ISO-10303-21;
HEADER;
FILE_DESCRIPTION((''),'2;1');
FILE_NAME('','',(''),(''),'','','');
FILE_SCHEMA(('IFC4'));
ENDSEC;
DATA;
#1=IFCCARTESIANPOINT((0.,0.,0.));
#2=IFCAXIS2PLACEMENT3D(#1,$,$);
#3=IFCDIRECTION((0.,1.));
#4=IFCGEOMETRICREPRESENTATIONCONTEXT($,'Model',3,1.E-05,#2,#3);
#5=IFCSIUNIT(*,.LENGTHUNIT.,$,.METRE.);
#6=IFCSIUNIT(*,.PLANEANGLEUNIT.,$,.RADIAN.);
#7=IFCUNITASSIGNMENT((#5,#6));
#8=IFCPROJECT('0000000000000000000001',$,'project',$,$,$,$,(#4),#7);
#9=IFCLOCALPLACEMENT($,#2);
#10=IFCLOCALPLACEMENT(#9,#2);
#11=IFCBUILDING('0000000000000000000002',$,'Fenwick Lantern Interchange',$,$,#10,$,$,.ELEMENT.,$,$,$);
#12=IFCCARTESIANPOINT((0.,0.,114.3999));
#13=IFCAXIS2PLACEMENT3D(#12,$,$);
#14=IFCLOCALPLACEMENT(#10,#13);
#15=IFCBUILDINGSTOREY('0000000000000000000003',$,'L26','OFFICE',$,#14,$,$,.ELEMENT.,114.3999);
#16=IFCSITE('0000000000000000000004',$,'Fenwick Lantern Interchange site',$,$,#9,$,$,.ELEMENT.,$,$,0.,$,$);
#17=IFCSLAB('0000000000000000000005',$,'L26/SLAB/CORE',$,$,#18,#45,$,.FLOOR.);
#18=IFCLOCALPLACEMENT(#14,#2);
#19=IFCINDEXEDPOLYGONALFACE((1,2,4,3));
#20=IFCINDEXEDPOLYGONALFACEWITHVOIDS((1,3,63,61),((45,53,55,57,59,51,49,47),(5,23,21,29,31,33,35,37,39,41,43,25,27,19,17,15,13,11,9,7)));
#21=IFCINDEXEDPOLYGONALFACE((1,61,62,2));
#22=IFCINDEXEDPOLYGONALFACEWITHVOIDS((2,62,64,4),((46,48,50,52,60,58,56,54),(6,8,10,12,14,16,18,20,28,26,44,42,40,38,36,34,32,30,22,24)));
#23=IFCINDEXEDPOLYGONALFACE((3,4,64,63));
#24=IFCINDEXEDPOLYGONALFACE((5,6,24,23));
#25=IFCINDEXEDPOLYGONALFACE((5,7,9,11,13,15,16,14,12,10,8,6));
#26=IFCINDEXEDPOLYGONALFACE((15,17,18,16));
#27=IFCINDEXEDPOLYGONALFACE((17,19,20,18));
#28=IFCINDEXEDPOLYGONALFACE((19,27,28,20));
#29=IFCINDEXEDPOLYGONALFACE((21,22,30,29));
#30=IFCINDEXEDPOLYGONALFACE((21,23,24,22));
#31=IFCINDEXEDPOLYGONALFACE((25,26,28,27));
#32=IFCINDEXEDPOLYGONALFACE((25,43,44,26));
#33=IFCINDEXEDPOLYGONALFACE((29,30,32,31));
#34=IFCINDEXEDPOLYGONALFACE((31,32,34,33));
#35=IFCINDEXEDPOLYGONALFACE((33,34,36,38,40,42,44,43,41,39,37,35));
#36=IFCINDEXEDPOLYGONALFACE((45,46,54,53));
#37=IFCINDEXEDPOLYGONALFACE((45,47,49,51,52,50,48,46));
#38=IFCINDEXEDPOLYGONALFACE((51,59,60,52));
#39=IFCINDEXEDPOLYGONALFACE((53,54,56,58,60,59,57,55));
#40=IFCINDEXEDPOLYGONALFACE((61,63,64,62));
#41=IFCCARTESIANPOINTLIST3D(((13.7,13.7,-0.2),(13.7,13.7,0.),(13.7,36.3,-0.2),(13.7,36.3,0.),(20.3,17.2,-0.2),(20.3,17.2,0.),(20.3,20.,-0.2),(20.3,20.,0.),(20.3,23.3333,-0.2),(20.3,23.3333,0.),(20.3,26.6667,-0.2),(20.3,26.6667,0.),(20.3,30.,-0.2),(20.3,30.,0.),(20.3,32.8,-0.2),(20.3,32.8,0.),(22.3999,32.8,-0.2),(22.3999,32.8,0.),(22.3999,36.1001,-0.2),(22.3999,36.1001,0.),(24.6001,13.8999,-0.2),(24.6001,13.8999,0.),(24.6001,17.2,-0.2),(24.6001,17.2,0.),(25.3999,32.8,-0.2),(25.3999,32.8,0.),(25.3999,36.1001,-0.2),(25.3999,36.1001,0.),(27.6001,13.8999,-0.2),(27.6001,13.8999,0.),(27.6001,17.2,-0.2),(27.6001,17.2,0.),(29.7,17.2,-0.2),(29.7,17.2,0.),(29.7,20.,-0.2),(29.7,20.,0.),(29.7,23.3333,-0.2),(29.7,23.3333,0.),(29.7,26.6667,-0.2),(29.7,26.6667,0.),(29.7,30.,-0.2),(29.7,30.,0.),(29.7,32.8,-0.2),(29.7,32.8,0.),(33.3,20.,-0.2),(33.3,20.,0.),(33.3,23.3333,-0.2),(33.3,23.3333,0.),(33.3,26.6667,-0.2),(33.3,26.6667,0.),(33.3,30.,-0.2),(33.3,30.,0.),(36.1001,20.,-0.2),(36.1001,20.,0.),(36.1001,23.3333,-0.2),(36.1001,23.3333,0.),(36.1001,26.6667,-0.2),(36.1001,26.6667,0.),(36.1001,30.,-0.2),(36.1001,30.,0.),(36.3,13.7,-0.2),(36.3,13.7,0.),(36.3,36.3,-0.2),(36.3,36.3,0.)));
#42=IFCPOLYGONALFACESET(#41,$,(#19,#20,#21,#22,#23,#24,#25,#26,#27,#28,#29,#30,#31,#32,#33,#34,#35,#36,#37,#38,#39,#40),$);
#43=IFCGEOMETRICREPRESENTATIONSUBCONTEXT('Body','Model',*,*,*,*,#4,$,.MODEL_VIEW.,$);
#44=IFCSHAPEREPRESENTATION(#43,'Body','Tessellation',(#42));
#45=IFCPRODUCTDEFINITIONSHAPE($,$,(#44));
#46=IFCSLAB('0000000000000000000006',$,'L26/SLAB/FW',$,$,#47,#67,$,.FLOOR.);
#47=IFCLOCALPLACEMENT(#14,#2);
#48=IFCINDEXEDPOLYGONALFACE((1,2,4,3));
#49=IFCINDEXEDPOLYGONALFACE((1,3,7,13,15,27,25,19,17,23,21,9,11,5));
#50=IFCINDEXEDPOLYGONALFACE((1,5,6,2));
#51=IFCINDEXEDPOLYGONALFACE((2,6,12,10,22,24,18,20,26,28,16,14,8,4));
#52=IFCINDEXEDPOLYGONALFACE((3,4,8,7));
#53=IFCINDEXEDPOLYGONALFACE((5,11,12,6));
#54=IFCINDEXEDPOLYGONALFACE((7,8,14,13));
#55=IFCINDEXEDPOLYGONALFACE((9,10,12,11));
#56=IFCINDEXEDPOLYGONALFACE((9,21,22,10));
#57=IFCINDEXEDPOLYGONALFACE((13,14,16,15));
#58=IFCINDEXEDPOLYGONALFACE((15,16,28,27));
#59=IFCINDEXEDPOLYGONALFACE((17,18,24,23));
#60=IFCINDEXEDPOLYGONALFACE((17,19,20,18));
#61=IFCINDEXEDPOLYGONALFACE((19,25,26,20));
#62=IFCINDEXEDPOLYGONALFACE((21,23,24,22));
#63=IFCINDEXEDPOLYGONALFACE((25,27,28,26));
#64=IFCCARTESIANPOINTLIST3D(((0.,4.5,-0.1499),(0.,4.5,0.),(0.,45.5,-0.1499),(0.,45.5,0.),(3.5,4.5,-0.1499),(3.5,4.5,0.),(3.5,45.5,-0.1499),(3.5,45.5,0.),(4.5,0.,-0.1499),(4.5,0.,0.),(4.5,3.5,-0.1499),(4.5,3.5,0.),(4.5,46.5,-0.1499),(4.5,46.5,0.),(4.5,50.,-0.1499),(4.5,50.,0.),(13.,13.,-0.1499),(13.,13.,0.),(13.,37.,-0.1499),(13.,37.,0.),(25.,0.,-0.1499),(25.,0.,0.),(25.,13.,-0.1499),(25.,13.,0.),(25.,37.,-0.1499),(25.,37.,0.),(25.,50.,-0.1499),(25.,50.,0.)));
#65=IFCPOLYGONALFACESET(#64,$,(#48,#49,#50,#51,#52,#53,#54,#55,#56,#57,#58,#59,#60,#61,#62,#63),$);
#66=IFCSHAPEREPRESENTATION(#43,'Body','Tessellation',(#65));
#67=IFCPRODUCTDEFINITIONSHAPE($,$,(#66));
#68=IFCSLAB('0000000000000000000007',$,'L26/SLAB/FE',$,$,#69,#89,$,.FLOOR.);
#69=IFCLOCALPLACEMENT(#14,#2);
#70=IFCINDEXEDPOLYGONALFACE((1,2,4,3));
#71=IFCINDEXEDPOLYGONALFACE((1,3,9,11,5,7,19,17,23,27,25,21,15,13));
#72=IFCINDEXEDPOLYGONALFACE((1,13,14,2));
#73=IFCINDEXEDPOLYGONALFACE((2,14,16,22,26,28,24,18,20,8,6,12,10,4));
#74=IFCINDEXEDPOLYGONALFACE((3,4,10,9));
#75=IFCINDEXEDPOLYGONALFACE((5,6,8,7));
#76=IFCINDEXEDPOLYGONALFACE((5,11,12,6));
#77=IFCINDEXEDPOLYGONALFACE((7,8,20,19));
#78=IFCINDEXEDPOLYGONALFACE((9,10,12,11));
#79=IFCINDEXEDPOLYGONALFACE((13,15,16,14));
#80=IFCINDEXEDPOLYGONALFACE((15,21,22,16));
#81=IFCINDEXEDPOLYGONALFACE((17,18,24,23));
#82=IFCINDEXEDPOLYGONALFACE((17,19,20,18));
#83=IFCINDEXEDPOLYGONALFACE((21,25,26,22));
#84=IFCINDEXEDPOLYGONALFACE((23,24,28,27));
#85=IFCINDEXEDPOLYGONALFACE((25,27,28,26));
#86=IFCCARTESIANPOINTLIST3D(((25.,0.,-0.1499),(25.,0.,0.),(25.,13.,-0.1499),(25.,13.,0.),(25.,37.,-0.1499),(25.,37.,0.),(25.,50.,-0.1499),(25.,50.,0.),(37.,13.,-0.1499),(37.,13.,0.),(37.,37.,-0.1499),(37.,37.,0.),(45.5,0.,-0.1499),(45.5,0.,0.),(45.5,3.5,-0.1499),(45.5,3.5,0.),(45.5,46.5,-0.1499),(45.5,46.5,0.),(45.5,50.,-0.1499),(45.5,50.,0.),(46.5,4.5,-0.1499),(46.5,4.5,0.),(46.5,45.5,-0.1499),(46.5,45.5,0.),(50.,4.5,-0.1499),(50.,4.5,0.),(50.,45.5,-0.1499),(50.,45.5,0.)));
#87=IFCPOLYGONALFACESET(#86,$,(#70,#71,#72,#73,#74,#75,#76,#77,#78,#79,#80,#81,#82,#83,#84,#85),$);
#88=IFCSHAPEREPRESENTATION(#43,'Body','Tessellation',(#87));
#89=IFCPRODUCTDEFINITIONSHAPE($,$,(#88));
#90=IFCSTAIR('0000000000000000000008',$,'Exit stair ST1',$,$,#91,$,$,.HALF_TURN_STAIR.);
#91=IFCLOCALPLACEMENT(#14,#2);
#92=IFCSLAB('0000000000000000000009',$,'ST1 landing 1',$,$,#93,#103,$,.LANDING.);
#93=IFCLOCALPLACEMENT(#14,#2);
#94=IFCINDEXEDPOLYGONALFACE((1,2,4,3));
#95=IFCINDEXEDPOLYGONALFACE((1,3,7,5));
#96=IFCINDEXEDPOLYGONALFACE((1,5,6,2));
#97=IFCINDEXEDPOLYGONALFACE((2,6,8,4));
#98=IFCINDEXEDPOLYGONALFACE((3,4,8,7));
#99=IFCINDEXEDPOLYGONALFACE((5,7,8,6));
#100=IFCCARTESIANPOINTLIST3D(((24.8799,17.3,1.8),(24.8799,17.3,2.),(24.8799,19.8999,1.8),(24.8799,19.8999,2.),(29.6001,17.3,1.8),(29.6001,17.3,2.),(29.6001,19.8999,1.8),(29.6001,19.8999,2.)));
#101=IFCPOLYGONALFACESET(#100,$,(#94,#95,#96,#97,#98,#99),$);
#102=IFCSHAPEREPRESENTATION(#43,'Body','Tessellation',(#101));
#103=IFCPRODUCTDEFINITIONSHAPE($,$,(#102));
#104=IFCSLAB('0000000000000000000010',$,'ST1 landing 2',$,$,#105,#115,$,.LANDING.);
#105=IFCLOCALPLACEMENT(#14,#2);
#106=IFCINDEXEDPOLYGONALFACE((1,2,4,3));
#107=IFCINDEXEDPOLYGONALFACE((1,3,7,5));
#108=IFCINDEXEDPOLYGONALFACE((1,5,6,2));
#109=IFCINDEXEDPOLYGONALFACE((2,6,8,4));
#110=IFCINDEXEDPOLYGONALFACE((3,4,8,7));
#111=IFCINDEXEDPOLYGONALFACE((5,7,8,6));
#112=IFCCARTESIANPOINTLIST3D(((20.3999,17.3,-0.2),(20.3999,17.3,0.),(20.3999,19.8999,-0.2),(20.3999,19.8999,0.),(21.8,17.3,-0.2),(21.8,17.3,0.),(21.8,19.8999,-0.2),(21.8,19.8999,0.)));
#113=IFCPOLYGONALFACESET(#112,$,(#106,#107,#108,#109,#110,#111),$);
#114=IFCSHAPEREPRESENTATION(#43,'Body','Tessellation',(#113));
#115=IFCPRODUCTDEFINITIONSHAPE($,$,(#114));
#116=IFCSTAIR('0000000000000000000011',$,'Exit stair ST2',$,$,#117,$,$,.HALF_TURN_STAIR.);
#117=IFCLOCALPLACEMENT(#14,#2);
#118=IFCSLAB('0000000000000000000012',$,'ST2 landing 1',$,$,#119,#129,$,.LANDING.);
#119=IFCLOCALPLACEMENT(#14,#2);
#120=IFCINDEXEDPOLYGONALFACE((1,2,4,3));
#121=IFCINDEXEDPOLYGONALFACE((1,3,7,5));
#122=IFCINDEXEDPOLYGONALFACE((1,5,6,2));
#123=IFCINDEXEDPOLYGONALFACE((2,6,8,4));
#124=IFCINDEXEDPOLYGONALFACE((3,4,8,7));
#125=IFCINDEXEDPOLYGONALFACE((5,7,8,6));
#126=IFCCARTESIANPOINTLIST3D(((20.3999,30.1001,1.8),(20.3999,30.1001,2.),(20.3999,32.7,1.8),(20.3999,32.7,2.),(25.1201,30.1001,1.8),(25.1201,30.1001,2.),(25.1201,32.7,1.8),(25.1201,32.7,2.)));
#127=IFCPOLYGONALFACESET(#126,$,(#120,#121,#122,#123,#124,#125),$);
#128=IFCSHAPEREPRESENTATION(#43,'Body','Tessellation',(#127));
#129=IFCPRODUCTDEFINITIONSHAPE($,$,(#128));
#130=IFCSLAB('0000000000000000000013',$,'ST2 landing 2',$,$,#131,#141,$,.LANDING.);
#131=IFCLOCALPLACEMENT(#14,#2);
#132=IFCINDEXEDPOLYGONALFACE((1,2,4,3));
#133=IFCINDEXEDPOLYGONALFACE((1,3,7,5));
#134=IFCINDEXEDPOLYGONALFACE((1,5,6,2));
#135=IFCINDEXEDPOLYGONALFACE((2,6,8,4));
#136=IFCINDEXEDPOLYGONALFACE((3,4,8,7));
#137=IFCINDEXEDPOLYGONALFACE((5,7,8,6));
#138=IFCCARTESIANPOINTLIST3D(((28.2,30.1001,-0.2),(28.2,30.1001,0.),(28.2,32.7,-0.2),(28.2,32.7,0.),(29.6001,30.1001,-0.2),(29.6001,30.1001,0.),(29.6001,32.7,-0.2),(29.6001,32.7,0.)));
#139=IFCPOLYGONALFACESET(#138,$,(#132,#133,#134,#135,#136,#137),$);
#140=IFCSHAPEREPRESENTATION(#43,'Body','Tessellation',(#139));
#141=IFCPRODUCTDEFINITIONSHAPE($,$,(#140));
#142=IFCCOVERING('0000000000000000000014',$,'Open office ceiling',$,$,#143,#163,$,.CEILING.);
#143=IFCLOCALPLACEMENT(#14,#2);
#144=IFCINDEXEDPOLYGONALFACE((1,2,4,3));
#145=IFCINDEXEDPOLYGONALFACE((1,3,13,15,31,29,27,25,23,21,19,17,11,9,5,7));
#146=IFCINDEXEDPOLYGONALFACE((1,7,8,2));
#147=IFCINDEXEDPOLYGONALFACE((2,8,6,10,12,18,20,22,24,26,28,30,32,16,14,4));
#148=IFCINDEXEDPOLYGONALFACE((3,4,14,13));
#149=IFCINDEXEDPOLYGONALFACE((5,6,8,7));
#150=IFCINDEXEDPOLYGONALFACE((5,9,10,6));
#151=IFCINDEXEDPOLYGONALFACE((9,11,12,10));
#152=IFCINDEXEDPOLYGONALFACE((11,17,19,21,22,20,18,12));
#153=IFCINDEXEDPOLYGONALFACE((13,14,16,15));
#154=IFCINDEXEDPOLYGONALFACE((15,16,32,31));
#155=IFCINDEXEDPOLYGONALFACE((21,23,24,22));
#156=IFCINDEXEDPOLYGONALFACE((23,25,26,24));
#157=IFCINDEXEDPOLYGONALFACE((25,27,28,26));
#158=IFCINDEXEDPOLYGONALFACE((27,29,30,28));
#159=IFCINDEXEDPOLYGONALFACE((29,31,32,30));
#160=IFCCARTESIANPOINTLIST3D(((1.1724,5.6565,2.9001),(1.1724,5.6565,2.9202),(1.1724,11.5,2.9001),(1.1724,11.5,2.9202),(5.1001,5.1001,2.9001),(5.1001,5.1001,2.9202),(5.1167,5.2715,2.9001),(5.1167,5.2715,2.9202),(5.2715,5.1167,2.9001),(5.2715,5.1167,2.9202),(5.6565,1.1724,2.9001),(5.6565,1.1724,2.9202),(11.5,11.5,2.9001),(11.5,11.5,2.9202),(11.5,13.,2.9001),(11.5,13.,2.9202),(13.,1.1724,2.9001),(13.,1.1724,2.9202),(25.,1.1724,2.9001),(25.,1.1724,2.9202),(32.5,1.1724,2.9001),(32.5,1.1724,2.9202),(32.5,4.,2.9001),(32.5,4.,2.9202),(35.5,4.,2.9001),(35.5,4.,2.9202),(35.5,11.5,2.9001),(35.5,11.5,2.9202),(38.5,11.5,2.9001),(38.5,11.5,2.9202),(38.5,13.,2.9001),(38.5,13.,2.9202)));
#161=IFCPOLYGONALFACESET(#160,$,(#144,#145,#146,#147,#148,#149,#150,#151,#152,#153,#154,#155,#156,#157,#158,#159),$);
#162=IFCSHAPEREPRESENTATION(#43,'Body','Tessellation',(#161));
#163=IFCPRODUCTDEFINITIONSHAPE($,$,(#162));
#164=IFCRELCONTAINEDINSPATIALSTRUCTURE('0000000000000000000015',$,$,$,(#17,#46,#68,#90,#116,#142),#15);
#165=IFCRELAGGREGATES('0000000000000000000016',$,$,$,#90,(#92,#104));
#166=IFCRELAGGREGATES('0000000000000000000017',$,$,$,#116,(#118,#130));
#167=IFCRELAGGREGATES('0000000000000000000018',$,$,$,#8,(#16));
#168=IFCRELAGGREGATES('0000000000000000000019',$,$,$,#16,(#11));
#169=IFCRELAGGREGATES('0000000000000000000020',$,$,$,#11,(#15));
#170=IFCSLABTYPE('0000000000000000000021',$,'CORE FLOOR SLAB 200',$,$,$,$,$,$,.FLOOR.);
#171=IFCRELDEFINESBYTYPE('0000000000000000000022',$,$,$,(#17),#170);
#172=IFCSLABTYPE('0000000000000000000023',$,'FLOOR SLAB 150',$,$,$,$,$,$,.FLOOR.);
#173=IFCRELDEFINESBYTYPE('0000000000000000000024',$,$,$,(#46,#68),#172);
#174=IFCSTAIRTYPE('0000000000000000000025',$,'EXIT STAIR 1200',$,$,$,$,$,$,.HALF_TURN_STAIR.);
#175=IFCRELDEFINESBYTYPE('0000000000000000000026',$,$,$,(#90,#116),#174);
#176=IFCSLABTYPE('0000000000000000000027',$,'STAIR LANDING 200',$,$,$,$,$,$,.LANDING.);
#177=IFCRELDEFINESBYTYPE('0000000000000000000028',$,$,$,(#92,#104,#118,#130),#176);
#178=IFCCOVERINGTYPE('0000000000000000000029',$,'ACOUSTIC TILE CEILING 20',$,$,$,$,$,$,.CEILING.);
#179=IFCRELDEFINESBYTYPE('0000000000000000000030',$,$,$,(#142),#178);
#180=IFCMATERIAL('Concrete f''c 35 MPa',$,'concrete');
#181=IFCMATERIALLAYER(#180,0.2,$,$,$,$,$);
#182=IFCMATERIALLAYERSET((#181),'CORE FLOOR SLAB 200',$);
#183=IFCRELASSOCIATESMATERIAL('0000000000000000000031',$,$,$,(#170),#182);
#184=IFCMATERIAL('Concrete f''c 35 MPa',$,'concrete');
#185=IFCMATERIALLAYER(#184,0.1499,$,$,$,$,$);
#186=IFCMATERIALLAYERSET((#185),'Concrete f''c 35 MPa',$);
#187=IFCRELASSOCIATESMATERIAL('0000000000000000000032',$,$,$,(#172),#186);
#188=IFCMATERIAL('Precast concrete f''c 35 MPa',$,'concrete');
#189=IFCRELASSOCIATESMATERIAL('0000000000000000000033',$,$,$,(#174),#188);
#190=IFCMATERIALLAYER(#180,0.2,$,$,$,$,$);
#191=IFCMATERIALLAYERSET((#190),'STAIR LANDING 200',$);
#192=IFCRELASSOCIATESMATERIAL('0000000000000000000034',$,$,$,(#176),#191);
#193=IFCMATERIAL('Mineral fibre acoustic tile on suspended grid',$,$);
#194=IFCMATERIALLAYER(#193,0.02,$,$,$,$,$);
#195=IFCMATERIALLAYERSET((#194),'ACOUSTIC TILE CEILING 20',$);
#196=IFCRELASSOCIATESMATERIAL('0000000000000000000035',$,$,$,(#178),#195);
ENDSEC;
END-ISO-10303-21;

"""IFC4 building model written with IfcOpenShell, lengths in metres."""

from ifc_helpers import new_model, si_unit, direction, frame, origin, place, context, subcontext, project, spatial, polyline, outline, extrude, material, layer, layer_set, type_object, element, aggregate, save


model = new_model("IFC4")

# Units and contexts
model_context = context("Model", 3, precision=1e-05, world=origin(), true_north=direction((0.0, 1.0)))
body_context = subcontext(model_context, "Body", "Model", "MODEL_VIEW")
ifc_project = project(units=[si_unit("LENGTHUNIT", "METRE"), si_unit("PLANEANGLEUNIT", "RADIAN")], contexts=[model_context])

# Site, building, storey
site_placement = place(None, origin())
site = spatial("IfcSite", under=ifc_project, at=site_placement, Name="Fenwick Lantern Interchange site", CompositionType="ELEMENT", RefElevation=0.0)
building_placement = place(site_placement, origin())
building = spatial("IfcBuilding", under=site, at=building_placement, Name="Fenwick Lantern Interchange", CompositionType="ELEMENT")
storey_placement = place(building_placement, frame((0.0, 0.0, 114.3999)))
storey = spatial("IfcBuildingStorey", under=building, at=storey_placement, Name="L26", Description="OFFICE", CompositionType="ELEMENT", Elevation=114.3999)

# Slabs
ifc_material_1 = material(Name="Concrete f'c 35 MPa", Category="concrete")
ifc_layer_1 = layer(ifc_material_1, 0.2)
ifc_layer_set_1 = layer_set([ifc_layer_1], Name="CORE FLOOR SLAB 200")
slab_type_1 = type_object("IfcSlabType", Name="CORE FLOOR SLAB 200", PredefinedType="FLOOR", material=ifc_layer_set_1)
slab_1_placement = place(storey_placement, frame((0.0, 0.0, -0.2)))
element("IfcSlab", 1, at=slab_1_placement, inside=storey, type_object=slab_type_1, Name="L26/SLAB/CORE", PredefinedType="FLOOR", context=body_context, shape_type="SweptSolid", body=[
    extrude(outline(polyline([(13.7, 36.3), (36.3, 36.3), (36.3, 13.7), (13.7, 13.7), (13.7, 36.3)]), holes=[polyline([(29.7, 17.2), (29.7, 20.0), (29.7, 23.3333), (29.7, 26.6667), (29.7, 30.0), (29.7, 32.8), (25.3999, 32.8), (25.3999, 36.1001), (22.3999, 36.1001), (22.3999, 32.8), (20.3, 32.8), (20.3, 30.0), (20.3, 26.6667), (20.3, 23.3333), (20.3, 20.0), (20.3, 17.2), (24.6001, 17.2), (24.6001, 13.8999), (27.6001, 13.8999), (27.6001, 17.2), (29.7, 17.2)]), polyline([(33.3, 23.3333), (33.3, 20.0), (36.1001, 20.0), (36.1001, 23.3333), (36.1001, 26.6667), (36.1001, 30.0), (33.3, 30.0), (33.3, 26.6667), (33.3, 23.3333)])]), origin(), (0.0, 0.0, 1.0), 0.2),
])
ifc_material_2 = material(Name="Concrete f'c 35 MPa", Category="concrete")
ifc_layer_2 = layer(ifc_material_2, 0.1499)
ifc_layer_set_2 = layer_set([ifc_layer_2], Name="Concrete f'c 35 MPa")
slab_type_2 = type_object("IfcSlabType", Name="FLOOR SLAB 150", PredefinedType="FLOOR", material=ifc_layer_set_2)
slab_2_placement = place(storey_placement, frame((0.0, 0.0, -0.1499)))
element("IfcSlab", 2, at=slab_2_placement, inside=storey, type_object=slab_type_2, Name="L26/SLAB/FW", PredefinedType="FLOOR", context=body_context, shape_type="SweptSolid", body=[
    extrude(outline(polyline([(4.5, 0.0), (4.5, 3.5), (3.5, 4.5), (0.0, 4.5), (0.0, 45.5), (3.5, 45.5), (4.5, 46.5), (4.5, 50.0), (25.0, 50.0), (25.0, 37.0), (13.0, 37.0), (13.0, 13.0), (25.0, 13.0), (25.0, 0.0), (4.5, 0.0)])), origin(), (0.0, 0.0, 1.0), 0.1499),
])
slab_3_placement = place(storey_placement, frame((0.0, 0.0, -0.1499)))
element("IfcSlab", 3, at=slab_3_placement, inside=storey, type_object=slab_type_2, Name="L26/SLAB/FE", PredefinedType="FLOOR", context=body_context, shape_type="SweptSolid", body=[
    extrude(outline(polyline([(45.5, 50.0), (45.5, 46.5), (46.5, 45.5), (50.0, 45.5), (50.0, 4.5), (46.5, 4.5), (45.5, 3.5), (45.5, 0.0), (25.0, 0.0), (25.0, 13.0), (37.0, 13.0), (37.0, 37.0), (25.0, 37.0), (25.0, 50.0), (45.5, 50.0)])), origin(), (0.0, 0.0, 1.0), 0.1499),
])

# Stairs, slabs
ifc_material_3 = material(Name="Precast concrete f'c 35 MPa", Category="concrete")
stair_type = type_object("IfcStairType", Name="EXIT STAIR 1200", PredefinedType="HALF_TURN_STAIR", material=ifc_material_3)
stair_1_placement = place(storey_placement, origin())
stair_1 = element("IfcStair", 4, at=stair_1_placement, inside=storey, type_object=stair_type, Name="Exit stair ST1", PredefinedType="HALF_TURN_STAIR")
ifc_layer_3 = layer(ifc_material_1, 0.2)
ifc_layer_set_3 = layer_set([ifc_layer_3], Name="STAIR LANDING 200")
slab_type_3 = type_object("IfcSlabType", Name="STAIR LANDING 200", PredefinedType="LANDING", material=ifc_layer_set_3)
slab_4_placement = place(storey_placement, frame((0.0, 0.0, 1.8)))
slab_4 = element("IfcSlab", 5, at=slab_4_placement, type_object=slab_type_3, Name="ST1 landing 1", PredefinedType="LANDING", context=body_context, shape_type="SweptSolid", body=[
    extrude(outline(polyline([(24.8799, 17.3), (29.6001, 17.3), (29.6001, 19.8999), (24.8799, 19.8999), (24.8799, 17.3)])), origin(), (0.0, 0.0, 1.0), 0.2),
])
slab_5_placement = place(storey_placement, frame((0.0, 0.0, -0.2)))
slab_5 = element("IfcSlab", 6, at=slab_5_placement, type_object=slab_type_3, Name="ST1 landing 2", PredefinedType="LANDING", context=body_context, shape_type="SweptSolid", body=[
    extrude(outline(polyline([(20.3999, 17.3), (21.8, 17.3), (21.8, 19.8999), (20.3999, 19.8999), (20.3999, 17.3)])), origin(), (0.0, 0.0, 1.0), 0.2),
])
aggregate(stair_1, [slab_4, slab_5])
stair_2_placement = place(storey_placement, origin())
stair_2 = element("IfcStair", 7, at=stair_2_placement, inside=storey, type_object=stair_type, Name="Exit stair ST2", PredefinedType="HALF_TURN_STAIR")
slab_6_placement = place(storey_placement, frame((0.0, 0.0, 1.8)))
slab_6 = element("IfcSlab", 8, at=slab_6_placement, type_object=slab_type_3, Name="ST2 landing 1", PredefinedType="LANDING", context=body_context, shape_type="SweptSolid", body=[
    extrude(outline(polyline([(25.1201, 32.7), (20.3999, 32.7), (20.3999, 30.1001), (25.1201, 30.1001), (25.1201, 32.7)])), origin(), (0.0, 0.0, 1.0), 0.2),
])
slab_7_placement = place(storey_placement, frame((0.0, 0.0, -0.2)))
slab_7 = element("IfcSlab", 9, at=slab_7_placement, type_object=slab_type_3, Name="ST2 landing 2", PredefinedType="LANDING", context=body_context, shape_type="SweptSolid", body=[
    extrude(outline(polyline([(29.6001, 32.7), (28.2, 32.7), (28.2, 30.1001), (29.6001, 30.1001), (29.6001, 32.7)])), origin(), (0.0, 0.0, 1.0), 0.2),
])
aggregate(stair_2, [slab_6, slab_7])

# Covering
ifc_material_4 = material(Name="Mineral fibre acoustic tile on suspended grid")
ifc_layer_4 = layer(ifc_material_4, 0.02)
ifc_layer_set_4 = layer_set([ifc_layer_4], Name="ACOUSTIC TILE CEILING 20")
covering_type_1 = type_object("IfcCoveringType", Name="ACOUSTIC TILE CEILING 20", PredefinedType="CEILING", material=ifc_layer_set_4)
covering_1_placement = place(storey_placement, frame((0.0, 0.0, 2.9001)))
element("IfcCovering", 10, at=covering_1_placement, inside=storey, type_object=covering_type_1, Name="Open office ceiling", PredefinedType="CEILING", context=body_context, shape_type="SweptSolid", body=[
    extrude(outline(polyline([(11.5, 11.5), (1.1724, 11.5), (1.1724, 5.6565), (5.1167, 5.2715), (5.1001, 5.1001), (5.2715, 5.1167), (5.6565, 1.1724), (13.0, 1.1724), (25.0, 1.1724), (32.5, 1.1724), (32.5, 4.0), (35.5, 4.0), (35.5, 11.5), (38.5, 11.5), (38.5, 13.0), (11.5, 13.0), (11.5, 11.5)])), origin(), (0.0, 0.0, 1.0), 0.02),
])

save(model, "model.ifc")
